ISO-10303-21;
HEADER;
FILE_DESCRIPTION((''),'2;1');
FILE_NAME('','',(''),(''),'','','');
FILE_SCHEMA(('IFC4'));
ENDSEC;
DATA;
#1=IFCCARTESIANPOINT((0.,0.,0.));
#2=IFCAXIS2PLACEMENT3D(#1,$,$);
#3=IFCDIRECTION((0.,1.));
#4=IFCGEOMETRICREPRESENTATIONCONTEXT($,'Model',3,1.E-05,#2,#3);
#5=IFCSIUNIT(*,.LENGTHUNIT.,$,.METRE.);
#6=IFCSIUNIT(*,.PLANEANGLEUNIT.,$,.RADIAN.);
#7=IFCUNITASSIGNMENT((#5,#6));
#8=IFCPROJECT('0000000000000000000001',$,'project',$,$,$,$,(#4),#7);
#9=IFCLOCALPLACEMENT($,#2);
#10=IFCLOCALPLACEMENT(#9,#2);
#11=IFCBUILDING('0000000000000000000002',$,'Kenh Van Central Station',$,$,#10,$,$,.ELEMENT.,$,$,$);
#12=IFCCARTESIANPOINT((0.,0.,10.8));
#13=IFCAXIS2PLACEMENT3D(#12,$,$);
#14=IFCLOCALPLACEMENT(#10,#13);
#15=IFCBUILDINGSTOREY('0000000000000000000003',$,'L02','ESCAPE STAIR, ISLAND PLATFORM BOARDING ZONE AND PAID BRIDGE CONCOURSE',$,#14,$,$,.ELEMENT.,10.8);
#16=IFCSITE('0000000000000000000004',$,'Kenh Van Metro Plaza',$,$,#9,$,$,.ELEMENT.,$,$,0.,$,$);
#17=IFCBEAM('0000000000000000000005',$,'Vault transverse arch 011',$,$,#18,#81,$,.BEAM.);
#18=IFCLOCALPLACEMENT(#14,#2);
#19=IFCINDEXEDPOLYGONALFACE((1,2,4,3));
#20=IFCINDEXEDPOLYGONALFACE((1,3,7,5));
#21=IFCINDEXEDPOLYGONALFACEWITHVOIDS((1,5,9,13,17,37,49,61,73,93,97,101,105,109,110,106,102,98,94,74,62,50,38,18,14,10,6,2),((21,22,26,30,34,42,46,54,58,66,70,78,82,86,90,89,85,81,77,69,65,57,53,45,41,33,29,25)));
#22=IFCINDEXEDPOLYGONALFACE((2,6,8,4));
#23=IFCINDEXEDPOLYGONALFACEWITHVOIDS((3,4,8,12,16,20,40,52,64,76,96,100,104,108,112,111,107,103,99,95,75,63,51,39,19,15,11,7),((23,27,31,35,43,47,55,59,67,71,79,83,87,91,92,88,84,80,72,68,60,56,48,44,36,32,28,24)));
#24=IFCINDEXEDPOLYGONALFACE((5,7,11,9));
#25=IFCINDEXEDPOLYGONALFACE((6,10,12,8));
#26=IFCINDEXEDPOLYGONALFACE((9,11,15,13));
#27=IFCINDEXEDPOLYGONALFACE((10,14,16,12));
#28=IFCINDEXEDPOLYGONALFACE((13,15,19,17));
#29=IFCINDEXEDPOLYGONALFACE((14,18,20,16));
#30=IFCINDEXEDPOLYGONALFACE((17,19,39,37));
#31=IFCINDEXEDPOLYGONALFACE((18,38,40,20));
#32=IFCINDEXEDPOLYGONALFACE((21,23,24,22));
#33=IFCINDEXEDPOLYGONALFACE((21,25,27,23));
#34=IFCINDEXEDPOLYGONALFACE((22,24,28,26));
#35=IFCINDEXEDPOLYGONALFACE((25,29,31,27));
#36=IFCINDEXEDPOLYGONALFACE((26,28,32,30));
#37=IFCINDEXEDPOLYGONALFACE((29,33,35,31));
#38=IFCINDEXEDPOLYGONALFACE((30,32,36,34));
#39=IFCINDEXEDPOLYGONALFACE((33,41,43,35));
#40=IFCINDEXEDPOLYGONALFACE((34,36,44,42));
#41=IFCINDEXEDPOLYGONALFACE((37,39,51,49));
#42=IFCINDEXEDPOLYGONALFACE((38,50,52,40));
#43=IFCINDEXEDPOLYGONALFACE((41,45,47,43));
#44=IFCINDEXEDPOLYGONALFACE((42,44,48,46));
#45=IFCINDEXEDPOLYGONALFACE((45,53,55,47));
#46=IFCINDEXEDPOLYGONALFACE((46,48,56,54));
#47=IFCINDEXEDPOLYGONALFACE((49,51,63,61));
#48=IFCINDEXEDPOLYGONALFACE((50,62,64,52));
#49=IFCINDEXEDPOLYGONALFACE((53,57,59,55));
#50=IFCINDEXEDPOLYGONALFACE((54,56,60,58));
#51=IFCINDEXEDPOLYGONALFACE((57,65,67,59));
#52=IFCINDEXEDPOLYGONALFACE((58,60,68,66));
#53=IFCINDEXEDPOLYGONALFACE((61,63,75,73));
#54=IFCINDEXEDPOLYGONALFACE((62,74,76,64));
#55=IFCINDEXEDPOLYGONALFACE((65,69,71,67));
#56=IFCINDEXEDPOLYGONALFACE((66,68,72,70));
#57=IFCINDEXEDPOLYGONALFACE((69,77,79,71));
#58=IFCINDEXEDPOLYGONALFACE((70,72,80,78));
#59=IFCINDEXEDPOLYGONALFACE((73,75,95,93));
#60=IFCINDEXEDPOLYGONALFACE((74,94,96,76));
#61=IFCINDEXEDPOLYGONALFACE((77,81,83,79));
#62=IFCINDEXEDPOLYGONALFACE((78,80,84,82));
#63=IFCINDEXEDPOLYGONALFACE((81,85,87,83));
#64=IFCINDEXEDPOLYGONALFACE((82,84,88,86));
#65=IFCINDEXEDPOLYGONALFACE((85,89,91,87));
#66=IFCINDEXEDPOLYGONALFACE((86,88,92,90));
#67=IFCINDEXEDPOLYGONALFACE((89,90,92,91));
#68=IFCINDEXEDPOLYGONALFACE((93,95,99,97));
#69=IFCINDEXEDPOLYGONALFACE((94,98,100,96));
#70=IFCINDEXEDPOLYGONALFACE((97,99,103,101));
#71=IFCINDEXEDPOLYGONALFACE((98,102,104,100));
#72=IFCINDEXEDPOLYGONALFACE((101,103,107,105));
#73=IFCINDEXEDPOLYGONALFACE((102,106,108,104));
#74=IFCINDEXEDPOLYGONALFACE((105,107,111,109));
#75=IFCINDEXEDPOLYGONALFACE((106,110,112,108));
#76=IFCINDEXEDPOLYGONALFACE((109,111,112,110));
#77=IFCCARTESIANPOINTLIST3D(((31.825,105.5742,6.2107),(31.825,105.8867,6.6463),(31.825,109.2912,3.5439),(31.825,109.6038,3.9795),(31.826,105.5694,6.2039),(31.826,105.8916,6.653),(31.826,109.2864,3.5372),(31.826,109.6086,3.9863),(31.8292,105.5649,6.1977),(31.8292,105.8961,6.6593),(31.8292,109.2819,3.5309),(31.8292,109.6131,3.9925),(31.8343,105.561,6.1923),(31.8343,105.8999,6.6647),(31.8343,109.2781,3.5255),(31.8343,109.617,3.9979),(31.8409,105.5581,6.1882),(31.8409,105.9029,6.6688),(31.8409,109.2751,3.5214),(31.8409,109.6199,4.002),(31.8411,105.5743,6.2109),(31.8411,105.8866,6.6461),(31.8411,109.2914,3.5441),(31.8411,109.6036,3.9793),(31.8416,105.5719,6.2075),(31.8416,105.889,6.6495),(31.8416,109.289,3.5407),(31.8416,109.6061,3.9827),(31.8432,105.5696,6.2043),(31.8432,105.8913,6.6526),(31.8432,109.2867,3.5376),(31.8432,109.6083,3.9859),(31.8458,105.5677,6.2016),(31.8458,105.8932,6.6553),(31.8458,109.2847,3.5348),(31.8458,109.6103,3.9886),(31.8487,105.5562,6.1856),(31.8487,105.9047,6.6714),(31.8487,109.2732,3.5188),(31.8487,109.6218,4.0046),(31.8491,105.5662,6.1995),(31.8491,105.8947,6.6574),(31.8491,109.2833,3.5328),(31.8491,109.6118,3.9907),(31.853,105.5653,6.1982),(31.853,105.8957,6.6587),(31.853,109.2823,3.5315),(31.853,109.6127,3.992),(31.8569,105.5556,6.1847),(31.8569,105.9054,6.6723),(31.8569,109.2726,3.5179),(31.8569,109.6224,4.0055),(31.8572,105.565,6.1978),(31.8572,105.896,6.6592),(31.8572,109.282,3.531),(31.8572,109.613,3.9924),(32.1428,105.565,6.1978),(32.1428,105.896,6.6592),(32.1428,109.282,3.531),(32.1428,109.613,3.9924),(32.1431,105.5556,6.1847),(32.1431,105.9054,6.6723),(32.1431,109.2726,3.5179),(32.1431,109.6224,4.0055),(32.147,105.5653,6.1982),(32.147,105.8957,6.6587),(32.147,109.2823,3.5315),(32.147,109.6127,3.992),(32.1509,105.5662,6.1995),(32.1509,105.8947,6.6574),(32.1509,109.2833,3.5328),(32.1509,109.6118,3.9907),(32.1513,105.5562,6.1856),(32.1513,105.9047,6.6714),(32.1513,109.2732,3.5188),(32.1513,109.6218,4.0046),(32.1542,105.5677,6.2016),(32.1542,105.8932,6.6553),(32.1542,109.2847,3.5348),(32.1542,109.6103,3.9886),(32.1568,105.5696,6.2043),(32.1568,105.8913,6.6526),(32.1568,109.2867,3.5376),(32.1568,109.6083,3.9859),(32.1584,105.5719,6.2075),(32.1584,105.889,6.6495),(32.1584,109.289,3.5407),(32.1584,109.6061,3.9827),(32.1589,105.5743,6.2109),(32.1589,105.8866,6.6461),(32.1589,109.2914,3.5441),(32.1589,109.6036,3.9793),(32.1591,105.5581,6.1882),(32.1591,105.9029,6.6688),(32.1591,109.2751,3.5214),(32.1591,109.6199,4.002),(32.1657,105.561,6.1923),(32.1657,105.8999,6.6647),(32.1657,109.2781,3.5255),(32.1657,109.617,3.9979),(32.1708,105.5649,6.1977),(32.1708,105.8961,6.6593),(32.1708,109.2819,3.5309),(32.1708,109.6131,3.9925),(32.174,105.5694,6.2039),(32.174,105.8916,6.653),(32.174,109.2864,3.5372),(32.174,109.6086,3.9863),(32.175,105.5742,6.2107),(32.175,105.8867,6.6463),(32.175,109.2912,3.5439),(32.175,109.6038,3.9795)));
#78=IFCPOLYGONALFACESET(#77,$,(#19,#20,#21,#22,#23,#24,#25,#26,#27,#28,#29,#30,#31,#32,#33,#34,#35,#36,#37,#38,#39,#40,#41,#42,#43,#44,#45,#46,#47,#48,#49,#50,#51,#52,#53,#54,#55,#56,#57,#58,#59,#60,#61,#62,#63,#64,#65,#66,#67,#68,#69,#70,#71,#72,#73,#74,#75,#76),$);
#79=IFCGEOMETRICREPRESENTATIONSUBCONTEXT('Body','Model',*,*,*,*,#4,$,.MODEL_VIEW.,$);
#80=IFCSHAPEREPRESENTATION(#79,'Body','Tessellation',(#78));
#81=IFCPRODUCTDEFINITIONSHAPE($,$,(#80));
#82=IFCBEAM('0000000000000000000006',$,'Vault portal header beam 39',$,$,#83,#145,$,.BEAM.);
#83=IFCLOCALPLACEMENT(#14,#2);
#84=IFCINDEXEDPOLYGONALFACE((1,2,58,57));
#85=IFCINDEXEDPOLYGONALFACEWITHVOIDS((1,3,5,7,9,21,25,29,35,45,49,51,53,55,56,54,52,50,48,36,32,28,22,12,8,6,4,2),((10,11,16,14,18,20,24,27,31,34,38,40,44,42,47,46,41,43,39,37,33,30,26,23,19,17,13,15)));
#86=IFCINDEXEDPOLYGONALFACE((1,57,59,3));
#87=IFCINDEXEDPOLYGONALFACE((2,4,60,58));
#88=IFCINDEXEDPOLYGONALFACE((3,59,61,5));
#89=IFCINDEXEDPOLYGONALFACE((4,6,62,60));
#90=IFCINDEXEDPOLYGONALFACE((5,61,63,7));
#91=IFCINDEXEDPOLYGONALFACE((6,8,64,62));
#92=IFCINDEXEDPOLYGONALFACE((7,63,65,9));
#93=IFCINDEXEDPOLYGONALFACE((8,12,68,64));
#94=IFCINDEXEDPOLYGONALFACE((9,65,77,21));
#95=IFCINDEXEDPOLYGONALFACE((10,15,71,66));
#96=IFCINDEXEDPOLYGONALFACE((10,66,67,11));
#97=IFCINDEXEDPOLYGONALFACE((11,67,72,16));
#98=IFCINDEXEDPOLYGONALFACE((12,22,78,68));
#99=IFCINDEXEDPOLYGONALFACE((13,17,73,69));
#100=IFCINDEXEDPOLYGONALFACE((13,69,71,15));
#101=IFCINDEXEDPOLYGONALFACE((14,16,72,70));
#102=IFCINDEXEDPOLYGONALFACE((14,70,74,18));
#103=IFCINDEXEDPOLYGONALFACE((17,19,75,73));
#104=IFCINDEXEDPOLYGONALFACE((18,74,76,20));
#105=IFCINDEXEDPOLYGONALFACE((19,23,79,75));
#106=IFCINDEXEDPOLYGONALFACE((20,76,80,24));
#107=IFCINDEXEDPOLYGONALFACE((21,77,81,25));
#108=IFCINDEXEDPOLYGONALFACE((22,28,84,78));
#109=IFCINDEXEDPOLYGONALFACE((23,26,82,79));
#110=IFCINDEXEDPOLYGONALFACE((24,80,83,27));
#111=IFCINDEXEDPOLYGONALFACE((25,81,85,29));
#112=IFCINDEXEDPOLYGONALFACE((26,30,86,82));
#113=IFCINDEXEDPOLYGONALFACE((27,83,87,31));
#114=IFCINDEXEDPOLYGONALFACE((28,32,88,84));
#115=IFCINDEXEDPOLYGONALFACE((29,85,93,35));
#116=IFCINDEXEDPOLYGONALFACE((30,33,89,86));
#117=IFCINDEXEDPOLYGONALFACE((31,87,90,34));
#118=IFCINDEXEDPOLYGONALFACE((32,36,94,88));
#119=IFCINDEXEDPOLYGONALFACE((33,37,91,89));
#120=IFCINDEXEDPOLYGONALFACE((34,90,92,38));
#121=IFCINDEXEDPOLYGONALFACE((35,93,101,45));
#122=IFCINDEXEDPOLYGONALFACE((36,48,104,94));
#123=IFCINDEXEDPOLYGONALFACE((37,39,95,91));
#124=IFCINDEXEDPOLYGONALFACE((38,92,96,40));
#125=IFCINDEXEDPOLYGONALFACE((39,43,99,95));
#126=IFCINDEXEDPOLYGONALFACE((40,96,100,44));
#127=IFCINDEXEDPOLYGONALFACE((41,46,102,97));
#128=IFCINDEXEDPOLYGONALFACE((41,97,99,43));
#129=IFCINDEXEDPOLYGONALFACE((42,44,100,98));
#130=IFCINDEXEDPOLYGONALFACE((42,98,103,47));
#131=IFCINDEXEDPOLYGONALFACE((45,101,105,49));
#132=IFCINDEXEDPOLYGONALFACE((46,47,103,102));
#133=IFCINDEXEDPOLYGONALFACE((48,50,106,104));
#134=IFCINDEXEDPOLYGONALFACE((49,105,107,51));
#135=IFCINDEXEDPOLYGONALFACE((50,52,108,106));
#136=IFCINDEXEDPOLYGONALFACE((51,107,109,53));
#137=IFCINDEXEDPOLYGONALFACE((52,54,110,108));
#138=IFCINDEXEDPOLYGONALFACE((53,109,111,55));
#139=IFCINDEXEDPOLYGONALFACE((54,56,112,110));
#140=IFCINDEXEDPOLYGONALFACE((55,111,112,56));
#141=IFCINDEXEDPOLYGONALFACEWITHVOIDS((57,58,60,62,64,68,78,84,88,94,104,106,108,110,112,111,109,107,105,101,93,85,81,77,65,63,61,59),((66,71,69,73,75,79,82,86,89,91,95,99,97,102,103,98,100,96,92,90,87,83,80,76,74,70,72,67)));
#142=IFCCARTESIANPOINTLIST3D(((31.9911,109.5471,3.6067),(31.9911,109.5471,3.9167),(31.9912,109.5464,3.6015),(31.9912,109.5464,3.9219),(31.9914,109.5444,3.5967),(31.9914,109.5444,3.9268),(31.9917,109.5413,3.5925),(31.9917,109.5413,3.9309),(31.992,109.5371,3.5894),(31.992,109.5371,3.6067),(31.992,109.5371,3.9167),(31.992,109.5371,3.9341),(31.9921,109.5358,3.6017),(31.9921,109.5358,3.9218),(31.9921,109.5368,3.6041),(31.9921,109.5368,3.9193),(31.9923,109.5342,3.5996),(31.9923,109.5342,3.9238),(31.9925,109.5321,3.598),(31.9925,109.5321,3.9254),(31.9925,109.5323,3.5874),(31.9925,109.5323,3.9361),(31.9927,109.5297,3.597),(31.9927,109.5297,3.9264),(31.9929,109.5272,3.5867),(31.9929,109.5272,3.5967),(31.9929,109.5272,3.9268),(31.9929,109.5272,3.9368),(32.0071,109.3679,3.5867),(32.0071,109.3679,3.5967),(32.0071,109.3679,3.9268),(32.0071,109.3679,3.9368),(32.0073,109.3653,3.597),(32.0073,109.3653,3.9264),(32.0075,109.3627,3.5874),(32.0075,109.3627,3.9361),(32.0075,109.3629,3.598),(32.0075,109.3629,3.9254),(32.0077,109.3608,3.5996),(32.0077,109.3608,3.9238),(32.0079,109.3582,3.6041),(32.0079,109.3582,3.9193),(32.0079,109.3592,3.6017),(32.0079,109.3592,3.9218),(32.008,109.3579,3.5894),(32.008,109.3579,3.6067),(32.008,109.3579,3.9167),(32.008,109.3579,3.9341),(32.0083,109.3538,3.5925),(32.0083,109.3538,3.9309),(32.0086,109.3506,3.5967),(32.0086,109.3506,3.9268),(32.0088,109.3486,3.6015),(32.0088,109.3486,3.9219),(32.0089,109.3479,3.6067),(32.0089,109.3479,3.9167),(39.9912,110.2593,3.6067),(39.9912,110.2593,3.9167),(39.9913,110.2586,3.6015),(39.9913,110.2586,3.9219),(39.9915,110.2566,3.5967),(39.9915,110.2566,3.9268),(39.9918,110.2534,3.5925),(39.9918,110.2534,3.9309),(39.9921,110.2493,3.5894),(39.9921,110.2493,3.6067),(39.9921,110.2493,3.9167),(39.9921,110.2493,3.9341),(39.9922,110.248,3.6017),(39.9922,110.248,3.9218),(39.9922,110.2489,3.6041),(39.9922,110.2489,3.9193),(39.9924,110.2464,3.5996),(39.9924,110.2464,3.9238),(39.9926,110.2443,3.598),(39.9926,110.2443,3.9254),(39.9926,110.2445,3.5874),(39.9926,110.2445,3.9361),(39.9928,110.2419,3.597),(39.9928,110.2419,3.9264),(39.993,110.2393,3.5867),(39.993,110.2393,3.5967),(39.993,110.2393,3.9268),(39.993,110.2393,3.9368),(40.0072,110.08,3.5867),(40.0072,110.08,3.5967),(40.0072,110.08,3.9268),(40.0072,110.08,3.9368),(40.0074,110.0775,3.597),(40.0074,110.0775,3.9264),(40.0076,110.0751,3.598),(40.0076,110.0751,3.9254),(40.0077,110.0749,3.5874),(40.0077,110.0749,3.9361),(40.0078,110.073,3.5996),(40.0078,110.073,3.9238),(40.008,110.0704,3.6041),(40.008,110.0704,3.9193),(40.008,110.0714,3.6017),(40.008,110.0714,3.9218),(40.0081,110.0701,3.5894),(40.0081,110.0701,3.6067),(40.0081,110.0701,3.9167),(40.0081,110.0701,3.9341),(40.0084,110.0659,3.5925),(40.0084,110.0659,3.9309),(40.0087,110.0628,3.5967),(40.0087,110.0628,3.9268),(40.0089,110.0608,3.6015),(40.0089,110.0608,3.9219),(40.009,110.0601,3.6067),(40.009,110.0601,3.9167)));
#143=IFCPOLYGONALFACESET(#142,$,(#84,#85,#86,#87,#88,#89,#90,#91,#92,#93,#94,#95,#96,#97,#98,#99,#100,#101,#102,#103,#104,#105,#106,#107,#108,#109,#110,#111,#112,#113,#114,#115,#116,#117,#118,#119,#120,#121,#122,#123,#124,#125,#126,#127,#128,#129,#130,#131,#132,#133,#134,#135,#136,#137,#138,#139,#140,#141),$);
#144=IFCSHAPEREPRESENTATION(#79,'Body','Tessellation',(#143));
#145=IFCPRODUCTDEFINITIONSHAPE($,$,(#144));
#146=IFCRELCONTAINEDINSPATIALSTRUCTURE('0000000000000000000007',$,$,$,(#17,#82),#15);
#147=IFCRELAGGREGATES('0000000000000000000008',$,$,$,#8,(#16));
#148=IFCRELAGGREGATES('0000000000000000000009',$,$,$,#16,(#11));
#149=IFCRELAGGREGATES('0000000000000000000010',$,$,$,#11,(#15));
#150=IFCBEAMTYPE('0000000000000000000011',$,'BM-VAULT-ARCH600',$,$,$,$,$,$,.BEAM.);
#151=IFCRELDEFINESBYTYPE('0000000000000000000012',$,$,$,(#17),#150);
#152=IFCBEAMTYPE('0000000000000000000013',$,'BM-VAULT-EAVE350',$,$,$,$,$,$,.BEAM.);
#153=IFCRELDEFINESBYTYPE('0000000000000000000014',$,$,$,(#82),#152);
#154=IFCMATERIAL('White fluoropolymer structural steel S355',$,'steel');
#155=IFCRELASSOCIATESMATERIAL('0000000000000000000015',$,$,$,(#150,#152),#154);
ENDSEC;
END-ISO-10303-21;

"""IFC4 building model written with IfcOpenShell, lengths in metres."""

from ifc_helpers import new_model, si_unit, direction, frame, origin, origin_2d, place, context, subcontext, project, spatial, hollow_rectangle, extrude, material, material_profile, profile_set, type_object, element, save


model = new_model("IFC4")

# Units and contexts
model_context = context("Model", 3, precision=1e-05, world=origin(), true_north=direction((0.0, 1.0)))
body_context = subcontext(model_context, "Body", "Model", "MODEL_VIEW")
ifc_project = project(units=[si_unit("LENGTHUNIT", "METRE"), si_unit("PLANEANGLEUNIT", "RADIAN")], contexts=[model_context])

# Site, building, storey
site_placement = place(None, origin())
site = spatial("IfcSite", under=ifc_project, at=site_placement, Name="Kenh Van Metro Plaza", CompositionType="ELEMENT", RefElevation=0.0)
building_placement = place(site_placement, origin())
building = spatial("IfcBuilding", under=site, at=building_placement, Name="Kenh Van Central Station", CompositionType="ELEMENT")
storey_placement = place(building_placement, frame((0.0, 0.0, 10.8)))
storey = spatial("IfcBuildingStorey", under=building, at=storey_placement, Name="L02", Description="ESCAPE STAIR, ISLAND PLATFORM BOARDING ZONE AND PAID BRIDGE CONCOURSE", CompositionType="ELEMENT", Elevation=10.8)

# Beams
ifc_material_1 = material(Name="White fluoropolymer structural steel S355", Category="steel")
ifc_material_profile_1 = material_profile(ifc_material_1, hollow_rectangle(XDim=0.3501, YDim=0.6001, WallThickness=0.0161, InnerFilletRadius=0.0161, OuterFilletRadius=0.032, at=origin_2d()), Name="RHS 600x350x16")
ifc_profile_set_1 = profile_set([ifc_material_profile_1], Name="White fluoropolymer structural steel S355")
beam_type_1 = type_object("IfcBeamType", Name="BM-VAULT-ARCH600", PredefinedType="BEAM", material=ifc_profile_set_1)
beam_1_placement = place(storey_placement, frame((32.0, 105.7305, 6.4285), z_axis=(0.0, 0.81252, -0.582933), x_axis=(-1.0, 0.0, 0.0)))
element("IfcBeam", 1, at=beam_1_placement, inside=storey, type_object=beam_type_1, Name="Vault transverse arch 011", PredefinedType="BEAM", context=body_context, shape_type="SweptSolid", body=[
    extrude(hollow_rectangle(XDim=0.3501, YDim=0.6001, WallThickness=0.0161, InnerFilletRadius=0.0161, OuterFilletRadius=0.032, at=origin_2d()), origin(), (0.0, 0.0, 1.0), 4.5747),
])
ifc_material_profile_2 = material_profile(ifc_material_1, hollow_rectangle(XDim=0.2, YDim=0.3501, WallThickness=0.01, InnerFilletRadius=0.01, OuterFilletRadius=0.02, at=origin_2d()), Name="RHS 350x200x10")
ifc_profile_set_2 = profile_set([ifc_material_profile_2], Name="White fluoropolymer structural steel S355")
beam_type_2 = type_object("IfcBeamType", Name="BM-VAULT-EAVE350", PredefinedType="BEAM", material=ifc_profile_set_2)
beam_2_placement = place(storey_placement, frame((32.0, 109.4475, 3.7617), z_axis=(0.996061, 0.088669, 0.0), x_axis=(-0.088669, 0.996061, 0.0)))
element("IfcBeam", 2, at=beam_2_placement, inside=storey, type_object=beam_type_2, Name="Vault portal header beam 39", PredefinedType="BEAM", context=body_context, shape_type="SweptSolid", body=[
    extrude(hollow_rectangle(XDim=0.2, YDim=0.3501, WallThickness=0.01, InnerFilletRadius=0.01, OuterFilletRadius=0.02, at=origin_2d()), origin(), (0.0, 0.0, 1.0), 8.0317),
])

save(model, "model.ifc")
